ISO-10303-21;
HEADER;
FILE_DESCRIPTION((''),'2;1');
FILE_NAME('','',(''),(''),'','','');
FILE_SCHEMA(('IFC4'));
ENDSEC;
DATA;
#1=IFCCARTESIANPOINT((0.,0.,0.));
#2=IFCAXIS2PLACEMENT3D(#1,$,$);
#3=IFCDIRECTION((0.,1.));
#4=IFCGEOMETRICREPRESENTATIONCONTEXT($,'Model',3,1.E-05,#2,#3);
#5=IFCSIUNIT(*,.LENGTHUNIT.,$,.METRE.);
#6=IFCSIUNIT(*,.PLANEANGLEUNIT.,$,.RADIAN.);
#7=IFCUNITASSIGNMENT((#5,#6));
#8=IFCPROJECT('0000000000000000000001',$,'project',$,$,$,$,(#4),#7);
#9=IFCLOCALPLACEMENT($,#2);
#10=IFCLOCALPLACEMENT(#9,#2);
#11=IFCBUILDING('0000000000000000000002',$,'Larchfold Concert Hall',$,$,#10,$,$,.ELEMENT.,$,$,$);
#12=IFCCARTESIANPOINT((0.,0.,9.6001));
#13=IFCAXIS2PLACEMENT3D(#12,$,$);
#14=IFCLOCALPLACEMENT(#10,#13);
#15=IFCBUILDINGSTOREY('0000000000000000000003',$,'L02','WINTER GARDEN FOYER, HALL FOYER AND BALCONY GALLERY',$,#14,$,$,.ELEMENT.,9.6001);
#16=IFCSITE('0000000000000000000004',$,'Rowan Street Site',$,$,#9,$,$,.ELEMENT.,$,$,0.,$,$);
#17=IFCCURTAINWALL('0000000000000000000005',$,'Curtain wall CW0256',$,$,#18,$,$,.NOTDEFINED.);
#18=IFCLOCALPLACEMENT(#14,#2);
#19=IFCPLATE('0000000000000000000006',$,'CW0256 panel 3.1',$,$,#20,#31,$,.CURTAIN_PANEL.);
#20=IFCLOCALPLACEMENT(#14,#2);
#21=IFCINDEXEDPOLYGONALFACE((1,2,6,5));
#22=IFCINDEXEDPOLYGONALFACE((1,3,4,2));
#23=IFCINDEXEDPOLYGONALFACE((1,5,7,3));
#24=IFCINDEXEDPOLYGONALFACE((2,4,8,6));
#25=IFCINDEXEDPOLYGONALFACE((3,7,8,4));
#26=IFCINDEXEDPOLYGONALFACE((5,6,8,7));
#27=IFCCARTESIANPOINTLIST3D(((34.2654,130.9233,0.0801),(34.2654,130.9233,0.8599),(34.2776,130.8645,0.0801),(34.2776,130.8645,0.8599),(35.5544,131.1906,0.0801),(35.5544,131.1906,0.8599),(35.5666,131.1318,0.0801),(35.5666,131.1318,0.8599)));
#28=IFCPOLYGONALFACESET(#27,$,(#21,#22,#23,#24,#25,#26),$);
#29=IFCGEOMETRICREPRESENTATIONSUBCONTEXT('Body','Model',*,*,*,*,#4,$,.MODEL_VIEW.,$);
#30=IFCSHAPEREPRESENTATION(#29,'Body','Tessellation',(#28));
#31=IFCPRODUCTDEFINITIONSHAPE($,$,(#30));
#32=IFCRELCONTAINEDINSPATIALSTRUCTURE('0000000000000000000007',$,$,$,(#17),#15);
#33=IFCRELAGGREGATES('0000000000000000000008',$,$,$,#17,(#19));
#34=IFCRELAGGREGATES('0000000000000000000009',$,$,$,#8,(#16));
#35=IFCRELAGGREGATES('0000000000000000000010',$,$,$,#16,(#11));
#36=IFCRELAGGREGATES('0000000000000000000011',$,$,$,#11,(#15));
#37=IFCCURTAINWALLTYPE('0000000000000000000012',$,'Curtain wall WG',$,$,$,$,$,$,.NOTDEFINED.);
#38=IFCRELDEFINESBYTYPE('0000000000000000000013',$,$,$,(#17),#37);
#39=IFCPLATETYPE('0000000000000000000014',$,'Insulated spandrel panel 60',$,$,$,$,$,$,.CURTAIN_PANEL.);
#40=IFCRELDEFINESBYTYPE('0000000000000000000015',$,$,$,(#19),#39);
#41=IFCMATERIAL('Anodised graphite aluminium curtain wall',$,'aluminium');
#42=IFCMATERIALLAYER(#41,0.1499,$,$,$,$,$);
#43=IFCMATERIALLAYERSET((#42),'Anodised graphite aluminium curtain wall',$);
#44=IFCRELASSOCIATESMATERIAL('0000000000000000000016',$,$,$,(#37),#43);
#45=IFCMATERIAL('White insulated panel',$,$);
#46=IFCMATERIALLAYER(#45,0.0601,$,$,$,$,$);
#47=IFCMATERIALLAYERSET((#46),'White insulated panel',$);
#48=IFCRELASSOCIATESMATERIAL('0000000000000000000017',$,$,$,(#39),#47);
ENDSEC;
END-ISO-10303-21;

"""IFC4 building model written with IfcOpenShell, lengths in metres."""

from ifc_helpers import new_model, si_unit, direction, frame, origin, origin_2d, place, context, subcontext, project, spatial, rectangle, extrude, material, layer, layer_set, type_object, element, aggregate, save


model = new_model("IFC4")

# Units and contexts
model_context = context("Model", 3, precision=1e-05, world=origin(), true_north=direction((0.0, 1.0)))
body_context = subcontext(model_context, "Body", "Model", "MODEL_VIEW")
ifc_project = project(units=[si_unit("LENGTHUNIT", "METRE"), si_unit("PLANEANGLEUNIT", "RADIAN")], contexts=[model_context])

# Site, building, storey
site_placement = place(None, origin())
site = spatial("IfcSite", under=ifc_project, at=site_placement, Name="Rowan Street Site", CompositionType="ELEMENT", RefElevation=0.0)
building_placement = place(site_placement, origin())
building = spatial("IfcBuilding", under=site, at=building_placement, Name="Larchfold Concert Hall", CompositionType="ELEMENT")
storey_placement = place(building_placement, frame((0.0, 0.0, 9.6001)))
storey = spatial("IfcBuildingStorey", under=building, at=storey_placement, Name="L02", Description="WINTER GARDEN FOYER, HALL FOYER AND BALCONY GALLERY", CompositionType="ELEMENT", Elevation=9.6001)

# Shared definitions
ifc_material_1 = material(Name="Anodised graphite aluminium curtain wall", Category="aluminium")
ifc_layer_1 = layer(ifc_material_1, 0.1499)
ifc_layer_set_1 = layer_set([ifc_layer_1], Name="Anodised graphite aluminium curtain wall")
curtain_wall_type = type_object("IfcCurtainWallType", Name="Curtain wall WG", PredefinedType="NOTDEFINED", material=ifc_layer_set_1)

# Curtain wall
curtain_wall_1_placement = place(storey_placement, origin())
curtain_wall_1 = element("IfcCurtainWall", 1, at=curtain_wall_1_placement, inside=storey, type_object=curtain_wall_type, Name="Curtain wall CW0256", PredefinedType="NOTDEFINED")

# Plate
ifc_material_2 = material(Name="White insulated panel")
ifc_layer_2 = layer(ifc_material_2, 0.0601)
ifc_layer_set_2 = layer_set([ifc_layer_2], Name="White insulated panel")
plate_type_1 = type_object("IfcPlateType", Name="Insulated spandrel panel 60", PredefinedType="CURTAIN_PANEL", material=ifc_layer_set_2)
plate_1_placement = place(storey_placement, frame((34.916, 131.0276, 0.0801), z_axis=(0.0, 0.0, 1.0), x_axis=(-0.979167, -0.203055, 0.0)))
plate_1 = element("IfcPlate", 2, at=plate_1_placement, type_object=plate_type_1, Name="CW0256 panel 3.1", PredefinedType="CURTAIN_PANEL", context=body_context, shape_type="SweptSolid", body=[
    extrude(rectangle(XDim=1.3164, YDim=0.0601, at=origin_2d()), origin(), (0.0, 0.0, 1.0), 0.7798),
])
aggregate(curtain_wall_1, [plate_1])

save(model, "model.ifc")
